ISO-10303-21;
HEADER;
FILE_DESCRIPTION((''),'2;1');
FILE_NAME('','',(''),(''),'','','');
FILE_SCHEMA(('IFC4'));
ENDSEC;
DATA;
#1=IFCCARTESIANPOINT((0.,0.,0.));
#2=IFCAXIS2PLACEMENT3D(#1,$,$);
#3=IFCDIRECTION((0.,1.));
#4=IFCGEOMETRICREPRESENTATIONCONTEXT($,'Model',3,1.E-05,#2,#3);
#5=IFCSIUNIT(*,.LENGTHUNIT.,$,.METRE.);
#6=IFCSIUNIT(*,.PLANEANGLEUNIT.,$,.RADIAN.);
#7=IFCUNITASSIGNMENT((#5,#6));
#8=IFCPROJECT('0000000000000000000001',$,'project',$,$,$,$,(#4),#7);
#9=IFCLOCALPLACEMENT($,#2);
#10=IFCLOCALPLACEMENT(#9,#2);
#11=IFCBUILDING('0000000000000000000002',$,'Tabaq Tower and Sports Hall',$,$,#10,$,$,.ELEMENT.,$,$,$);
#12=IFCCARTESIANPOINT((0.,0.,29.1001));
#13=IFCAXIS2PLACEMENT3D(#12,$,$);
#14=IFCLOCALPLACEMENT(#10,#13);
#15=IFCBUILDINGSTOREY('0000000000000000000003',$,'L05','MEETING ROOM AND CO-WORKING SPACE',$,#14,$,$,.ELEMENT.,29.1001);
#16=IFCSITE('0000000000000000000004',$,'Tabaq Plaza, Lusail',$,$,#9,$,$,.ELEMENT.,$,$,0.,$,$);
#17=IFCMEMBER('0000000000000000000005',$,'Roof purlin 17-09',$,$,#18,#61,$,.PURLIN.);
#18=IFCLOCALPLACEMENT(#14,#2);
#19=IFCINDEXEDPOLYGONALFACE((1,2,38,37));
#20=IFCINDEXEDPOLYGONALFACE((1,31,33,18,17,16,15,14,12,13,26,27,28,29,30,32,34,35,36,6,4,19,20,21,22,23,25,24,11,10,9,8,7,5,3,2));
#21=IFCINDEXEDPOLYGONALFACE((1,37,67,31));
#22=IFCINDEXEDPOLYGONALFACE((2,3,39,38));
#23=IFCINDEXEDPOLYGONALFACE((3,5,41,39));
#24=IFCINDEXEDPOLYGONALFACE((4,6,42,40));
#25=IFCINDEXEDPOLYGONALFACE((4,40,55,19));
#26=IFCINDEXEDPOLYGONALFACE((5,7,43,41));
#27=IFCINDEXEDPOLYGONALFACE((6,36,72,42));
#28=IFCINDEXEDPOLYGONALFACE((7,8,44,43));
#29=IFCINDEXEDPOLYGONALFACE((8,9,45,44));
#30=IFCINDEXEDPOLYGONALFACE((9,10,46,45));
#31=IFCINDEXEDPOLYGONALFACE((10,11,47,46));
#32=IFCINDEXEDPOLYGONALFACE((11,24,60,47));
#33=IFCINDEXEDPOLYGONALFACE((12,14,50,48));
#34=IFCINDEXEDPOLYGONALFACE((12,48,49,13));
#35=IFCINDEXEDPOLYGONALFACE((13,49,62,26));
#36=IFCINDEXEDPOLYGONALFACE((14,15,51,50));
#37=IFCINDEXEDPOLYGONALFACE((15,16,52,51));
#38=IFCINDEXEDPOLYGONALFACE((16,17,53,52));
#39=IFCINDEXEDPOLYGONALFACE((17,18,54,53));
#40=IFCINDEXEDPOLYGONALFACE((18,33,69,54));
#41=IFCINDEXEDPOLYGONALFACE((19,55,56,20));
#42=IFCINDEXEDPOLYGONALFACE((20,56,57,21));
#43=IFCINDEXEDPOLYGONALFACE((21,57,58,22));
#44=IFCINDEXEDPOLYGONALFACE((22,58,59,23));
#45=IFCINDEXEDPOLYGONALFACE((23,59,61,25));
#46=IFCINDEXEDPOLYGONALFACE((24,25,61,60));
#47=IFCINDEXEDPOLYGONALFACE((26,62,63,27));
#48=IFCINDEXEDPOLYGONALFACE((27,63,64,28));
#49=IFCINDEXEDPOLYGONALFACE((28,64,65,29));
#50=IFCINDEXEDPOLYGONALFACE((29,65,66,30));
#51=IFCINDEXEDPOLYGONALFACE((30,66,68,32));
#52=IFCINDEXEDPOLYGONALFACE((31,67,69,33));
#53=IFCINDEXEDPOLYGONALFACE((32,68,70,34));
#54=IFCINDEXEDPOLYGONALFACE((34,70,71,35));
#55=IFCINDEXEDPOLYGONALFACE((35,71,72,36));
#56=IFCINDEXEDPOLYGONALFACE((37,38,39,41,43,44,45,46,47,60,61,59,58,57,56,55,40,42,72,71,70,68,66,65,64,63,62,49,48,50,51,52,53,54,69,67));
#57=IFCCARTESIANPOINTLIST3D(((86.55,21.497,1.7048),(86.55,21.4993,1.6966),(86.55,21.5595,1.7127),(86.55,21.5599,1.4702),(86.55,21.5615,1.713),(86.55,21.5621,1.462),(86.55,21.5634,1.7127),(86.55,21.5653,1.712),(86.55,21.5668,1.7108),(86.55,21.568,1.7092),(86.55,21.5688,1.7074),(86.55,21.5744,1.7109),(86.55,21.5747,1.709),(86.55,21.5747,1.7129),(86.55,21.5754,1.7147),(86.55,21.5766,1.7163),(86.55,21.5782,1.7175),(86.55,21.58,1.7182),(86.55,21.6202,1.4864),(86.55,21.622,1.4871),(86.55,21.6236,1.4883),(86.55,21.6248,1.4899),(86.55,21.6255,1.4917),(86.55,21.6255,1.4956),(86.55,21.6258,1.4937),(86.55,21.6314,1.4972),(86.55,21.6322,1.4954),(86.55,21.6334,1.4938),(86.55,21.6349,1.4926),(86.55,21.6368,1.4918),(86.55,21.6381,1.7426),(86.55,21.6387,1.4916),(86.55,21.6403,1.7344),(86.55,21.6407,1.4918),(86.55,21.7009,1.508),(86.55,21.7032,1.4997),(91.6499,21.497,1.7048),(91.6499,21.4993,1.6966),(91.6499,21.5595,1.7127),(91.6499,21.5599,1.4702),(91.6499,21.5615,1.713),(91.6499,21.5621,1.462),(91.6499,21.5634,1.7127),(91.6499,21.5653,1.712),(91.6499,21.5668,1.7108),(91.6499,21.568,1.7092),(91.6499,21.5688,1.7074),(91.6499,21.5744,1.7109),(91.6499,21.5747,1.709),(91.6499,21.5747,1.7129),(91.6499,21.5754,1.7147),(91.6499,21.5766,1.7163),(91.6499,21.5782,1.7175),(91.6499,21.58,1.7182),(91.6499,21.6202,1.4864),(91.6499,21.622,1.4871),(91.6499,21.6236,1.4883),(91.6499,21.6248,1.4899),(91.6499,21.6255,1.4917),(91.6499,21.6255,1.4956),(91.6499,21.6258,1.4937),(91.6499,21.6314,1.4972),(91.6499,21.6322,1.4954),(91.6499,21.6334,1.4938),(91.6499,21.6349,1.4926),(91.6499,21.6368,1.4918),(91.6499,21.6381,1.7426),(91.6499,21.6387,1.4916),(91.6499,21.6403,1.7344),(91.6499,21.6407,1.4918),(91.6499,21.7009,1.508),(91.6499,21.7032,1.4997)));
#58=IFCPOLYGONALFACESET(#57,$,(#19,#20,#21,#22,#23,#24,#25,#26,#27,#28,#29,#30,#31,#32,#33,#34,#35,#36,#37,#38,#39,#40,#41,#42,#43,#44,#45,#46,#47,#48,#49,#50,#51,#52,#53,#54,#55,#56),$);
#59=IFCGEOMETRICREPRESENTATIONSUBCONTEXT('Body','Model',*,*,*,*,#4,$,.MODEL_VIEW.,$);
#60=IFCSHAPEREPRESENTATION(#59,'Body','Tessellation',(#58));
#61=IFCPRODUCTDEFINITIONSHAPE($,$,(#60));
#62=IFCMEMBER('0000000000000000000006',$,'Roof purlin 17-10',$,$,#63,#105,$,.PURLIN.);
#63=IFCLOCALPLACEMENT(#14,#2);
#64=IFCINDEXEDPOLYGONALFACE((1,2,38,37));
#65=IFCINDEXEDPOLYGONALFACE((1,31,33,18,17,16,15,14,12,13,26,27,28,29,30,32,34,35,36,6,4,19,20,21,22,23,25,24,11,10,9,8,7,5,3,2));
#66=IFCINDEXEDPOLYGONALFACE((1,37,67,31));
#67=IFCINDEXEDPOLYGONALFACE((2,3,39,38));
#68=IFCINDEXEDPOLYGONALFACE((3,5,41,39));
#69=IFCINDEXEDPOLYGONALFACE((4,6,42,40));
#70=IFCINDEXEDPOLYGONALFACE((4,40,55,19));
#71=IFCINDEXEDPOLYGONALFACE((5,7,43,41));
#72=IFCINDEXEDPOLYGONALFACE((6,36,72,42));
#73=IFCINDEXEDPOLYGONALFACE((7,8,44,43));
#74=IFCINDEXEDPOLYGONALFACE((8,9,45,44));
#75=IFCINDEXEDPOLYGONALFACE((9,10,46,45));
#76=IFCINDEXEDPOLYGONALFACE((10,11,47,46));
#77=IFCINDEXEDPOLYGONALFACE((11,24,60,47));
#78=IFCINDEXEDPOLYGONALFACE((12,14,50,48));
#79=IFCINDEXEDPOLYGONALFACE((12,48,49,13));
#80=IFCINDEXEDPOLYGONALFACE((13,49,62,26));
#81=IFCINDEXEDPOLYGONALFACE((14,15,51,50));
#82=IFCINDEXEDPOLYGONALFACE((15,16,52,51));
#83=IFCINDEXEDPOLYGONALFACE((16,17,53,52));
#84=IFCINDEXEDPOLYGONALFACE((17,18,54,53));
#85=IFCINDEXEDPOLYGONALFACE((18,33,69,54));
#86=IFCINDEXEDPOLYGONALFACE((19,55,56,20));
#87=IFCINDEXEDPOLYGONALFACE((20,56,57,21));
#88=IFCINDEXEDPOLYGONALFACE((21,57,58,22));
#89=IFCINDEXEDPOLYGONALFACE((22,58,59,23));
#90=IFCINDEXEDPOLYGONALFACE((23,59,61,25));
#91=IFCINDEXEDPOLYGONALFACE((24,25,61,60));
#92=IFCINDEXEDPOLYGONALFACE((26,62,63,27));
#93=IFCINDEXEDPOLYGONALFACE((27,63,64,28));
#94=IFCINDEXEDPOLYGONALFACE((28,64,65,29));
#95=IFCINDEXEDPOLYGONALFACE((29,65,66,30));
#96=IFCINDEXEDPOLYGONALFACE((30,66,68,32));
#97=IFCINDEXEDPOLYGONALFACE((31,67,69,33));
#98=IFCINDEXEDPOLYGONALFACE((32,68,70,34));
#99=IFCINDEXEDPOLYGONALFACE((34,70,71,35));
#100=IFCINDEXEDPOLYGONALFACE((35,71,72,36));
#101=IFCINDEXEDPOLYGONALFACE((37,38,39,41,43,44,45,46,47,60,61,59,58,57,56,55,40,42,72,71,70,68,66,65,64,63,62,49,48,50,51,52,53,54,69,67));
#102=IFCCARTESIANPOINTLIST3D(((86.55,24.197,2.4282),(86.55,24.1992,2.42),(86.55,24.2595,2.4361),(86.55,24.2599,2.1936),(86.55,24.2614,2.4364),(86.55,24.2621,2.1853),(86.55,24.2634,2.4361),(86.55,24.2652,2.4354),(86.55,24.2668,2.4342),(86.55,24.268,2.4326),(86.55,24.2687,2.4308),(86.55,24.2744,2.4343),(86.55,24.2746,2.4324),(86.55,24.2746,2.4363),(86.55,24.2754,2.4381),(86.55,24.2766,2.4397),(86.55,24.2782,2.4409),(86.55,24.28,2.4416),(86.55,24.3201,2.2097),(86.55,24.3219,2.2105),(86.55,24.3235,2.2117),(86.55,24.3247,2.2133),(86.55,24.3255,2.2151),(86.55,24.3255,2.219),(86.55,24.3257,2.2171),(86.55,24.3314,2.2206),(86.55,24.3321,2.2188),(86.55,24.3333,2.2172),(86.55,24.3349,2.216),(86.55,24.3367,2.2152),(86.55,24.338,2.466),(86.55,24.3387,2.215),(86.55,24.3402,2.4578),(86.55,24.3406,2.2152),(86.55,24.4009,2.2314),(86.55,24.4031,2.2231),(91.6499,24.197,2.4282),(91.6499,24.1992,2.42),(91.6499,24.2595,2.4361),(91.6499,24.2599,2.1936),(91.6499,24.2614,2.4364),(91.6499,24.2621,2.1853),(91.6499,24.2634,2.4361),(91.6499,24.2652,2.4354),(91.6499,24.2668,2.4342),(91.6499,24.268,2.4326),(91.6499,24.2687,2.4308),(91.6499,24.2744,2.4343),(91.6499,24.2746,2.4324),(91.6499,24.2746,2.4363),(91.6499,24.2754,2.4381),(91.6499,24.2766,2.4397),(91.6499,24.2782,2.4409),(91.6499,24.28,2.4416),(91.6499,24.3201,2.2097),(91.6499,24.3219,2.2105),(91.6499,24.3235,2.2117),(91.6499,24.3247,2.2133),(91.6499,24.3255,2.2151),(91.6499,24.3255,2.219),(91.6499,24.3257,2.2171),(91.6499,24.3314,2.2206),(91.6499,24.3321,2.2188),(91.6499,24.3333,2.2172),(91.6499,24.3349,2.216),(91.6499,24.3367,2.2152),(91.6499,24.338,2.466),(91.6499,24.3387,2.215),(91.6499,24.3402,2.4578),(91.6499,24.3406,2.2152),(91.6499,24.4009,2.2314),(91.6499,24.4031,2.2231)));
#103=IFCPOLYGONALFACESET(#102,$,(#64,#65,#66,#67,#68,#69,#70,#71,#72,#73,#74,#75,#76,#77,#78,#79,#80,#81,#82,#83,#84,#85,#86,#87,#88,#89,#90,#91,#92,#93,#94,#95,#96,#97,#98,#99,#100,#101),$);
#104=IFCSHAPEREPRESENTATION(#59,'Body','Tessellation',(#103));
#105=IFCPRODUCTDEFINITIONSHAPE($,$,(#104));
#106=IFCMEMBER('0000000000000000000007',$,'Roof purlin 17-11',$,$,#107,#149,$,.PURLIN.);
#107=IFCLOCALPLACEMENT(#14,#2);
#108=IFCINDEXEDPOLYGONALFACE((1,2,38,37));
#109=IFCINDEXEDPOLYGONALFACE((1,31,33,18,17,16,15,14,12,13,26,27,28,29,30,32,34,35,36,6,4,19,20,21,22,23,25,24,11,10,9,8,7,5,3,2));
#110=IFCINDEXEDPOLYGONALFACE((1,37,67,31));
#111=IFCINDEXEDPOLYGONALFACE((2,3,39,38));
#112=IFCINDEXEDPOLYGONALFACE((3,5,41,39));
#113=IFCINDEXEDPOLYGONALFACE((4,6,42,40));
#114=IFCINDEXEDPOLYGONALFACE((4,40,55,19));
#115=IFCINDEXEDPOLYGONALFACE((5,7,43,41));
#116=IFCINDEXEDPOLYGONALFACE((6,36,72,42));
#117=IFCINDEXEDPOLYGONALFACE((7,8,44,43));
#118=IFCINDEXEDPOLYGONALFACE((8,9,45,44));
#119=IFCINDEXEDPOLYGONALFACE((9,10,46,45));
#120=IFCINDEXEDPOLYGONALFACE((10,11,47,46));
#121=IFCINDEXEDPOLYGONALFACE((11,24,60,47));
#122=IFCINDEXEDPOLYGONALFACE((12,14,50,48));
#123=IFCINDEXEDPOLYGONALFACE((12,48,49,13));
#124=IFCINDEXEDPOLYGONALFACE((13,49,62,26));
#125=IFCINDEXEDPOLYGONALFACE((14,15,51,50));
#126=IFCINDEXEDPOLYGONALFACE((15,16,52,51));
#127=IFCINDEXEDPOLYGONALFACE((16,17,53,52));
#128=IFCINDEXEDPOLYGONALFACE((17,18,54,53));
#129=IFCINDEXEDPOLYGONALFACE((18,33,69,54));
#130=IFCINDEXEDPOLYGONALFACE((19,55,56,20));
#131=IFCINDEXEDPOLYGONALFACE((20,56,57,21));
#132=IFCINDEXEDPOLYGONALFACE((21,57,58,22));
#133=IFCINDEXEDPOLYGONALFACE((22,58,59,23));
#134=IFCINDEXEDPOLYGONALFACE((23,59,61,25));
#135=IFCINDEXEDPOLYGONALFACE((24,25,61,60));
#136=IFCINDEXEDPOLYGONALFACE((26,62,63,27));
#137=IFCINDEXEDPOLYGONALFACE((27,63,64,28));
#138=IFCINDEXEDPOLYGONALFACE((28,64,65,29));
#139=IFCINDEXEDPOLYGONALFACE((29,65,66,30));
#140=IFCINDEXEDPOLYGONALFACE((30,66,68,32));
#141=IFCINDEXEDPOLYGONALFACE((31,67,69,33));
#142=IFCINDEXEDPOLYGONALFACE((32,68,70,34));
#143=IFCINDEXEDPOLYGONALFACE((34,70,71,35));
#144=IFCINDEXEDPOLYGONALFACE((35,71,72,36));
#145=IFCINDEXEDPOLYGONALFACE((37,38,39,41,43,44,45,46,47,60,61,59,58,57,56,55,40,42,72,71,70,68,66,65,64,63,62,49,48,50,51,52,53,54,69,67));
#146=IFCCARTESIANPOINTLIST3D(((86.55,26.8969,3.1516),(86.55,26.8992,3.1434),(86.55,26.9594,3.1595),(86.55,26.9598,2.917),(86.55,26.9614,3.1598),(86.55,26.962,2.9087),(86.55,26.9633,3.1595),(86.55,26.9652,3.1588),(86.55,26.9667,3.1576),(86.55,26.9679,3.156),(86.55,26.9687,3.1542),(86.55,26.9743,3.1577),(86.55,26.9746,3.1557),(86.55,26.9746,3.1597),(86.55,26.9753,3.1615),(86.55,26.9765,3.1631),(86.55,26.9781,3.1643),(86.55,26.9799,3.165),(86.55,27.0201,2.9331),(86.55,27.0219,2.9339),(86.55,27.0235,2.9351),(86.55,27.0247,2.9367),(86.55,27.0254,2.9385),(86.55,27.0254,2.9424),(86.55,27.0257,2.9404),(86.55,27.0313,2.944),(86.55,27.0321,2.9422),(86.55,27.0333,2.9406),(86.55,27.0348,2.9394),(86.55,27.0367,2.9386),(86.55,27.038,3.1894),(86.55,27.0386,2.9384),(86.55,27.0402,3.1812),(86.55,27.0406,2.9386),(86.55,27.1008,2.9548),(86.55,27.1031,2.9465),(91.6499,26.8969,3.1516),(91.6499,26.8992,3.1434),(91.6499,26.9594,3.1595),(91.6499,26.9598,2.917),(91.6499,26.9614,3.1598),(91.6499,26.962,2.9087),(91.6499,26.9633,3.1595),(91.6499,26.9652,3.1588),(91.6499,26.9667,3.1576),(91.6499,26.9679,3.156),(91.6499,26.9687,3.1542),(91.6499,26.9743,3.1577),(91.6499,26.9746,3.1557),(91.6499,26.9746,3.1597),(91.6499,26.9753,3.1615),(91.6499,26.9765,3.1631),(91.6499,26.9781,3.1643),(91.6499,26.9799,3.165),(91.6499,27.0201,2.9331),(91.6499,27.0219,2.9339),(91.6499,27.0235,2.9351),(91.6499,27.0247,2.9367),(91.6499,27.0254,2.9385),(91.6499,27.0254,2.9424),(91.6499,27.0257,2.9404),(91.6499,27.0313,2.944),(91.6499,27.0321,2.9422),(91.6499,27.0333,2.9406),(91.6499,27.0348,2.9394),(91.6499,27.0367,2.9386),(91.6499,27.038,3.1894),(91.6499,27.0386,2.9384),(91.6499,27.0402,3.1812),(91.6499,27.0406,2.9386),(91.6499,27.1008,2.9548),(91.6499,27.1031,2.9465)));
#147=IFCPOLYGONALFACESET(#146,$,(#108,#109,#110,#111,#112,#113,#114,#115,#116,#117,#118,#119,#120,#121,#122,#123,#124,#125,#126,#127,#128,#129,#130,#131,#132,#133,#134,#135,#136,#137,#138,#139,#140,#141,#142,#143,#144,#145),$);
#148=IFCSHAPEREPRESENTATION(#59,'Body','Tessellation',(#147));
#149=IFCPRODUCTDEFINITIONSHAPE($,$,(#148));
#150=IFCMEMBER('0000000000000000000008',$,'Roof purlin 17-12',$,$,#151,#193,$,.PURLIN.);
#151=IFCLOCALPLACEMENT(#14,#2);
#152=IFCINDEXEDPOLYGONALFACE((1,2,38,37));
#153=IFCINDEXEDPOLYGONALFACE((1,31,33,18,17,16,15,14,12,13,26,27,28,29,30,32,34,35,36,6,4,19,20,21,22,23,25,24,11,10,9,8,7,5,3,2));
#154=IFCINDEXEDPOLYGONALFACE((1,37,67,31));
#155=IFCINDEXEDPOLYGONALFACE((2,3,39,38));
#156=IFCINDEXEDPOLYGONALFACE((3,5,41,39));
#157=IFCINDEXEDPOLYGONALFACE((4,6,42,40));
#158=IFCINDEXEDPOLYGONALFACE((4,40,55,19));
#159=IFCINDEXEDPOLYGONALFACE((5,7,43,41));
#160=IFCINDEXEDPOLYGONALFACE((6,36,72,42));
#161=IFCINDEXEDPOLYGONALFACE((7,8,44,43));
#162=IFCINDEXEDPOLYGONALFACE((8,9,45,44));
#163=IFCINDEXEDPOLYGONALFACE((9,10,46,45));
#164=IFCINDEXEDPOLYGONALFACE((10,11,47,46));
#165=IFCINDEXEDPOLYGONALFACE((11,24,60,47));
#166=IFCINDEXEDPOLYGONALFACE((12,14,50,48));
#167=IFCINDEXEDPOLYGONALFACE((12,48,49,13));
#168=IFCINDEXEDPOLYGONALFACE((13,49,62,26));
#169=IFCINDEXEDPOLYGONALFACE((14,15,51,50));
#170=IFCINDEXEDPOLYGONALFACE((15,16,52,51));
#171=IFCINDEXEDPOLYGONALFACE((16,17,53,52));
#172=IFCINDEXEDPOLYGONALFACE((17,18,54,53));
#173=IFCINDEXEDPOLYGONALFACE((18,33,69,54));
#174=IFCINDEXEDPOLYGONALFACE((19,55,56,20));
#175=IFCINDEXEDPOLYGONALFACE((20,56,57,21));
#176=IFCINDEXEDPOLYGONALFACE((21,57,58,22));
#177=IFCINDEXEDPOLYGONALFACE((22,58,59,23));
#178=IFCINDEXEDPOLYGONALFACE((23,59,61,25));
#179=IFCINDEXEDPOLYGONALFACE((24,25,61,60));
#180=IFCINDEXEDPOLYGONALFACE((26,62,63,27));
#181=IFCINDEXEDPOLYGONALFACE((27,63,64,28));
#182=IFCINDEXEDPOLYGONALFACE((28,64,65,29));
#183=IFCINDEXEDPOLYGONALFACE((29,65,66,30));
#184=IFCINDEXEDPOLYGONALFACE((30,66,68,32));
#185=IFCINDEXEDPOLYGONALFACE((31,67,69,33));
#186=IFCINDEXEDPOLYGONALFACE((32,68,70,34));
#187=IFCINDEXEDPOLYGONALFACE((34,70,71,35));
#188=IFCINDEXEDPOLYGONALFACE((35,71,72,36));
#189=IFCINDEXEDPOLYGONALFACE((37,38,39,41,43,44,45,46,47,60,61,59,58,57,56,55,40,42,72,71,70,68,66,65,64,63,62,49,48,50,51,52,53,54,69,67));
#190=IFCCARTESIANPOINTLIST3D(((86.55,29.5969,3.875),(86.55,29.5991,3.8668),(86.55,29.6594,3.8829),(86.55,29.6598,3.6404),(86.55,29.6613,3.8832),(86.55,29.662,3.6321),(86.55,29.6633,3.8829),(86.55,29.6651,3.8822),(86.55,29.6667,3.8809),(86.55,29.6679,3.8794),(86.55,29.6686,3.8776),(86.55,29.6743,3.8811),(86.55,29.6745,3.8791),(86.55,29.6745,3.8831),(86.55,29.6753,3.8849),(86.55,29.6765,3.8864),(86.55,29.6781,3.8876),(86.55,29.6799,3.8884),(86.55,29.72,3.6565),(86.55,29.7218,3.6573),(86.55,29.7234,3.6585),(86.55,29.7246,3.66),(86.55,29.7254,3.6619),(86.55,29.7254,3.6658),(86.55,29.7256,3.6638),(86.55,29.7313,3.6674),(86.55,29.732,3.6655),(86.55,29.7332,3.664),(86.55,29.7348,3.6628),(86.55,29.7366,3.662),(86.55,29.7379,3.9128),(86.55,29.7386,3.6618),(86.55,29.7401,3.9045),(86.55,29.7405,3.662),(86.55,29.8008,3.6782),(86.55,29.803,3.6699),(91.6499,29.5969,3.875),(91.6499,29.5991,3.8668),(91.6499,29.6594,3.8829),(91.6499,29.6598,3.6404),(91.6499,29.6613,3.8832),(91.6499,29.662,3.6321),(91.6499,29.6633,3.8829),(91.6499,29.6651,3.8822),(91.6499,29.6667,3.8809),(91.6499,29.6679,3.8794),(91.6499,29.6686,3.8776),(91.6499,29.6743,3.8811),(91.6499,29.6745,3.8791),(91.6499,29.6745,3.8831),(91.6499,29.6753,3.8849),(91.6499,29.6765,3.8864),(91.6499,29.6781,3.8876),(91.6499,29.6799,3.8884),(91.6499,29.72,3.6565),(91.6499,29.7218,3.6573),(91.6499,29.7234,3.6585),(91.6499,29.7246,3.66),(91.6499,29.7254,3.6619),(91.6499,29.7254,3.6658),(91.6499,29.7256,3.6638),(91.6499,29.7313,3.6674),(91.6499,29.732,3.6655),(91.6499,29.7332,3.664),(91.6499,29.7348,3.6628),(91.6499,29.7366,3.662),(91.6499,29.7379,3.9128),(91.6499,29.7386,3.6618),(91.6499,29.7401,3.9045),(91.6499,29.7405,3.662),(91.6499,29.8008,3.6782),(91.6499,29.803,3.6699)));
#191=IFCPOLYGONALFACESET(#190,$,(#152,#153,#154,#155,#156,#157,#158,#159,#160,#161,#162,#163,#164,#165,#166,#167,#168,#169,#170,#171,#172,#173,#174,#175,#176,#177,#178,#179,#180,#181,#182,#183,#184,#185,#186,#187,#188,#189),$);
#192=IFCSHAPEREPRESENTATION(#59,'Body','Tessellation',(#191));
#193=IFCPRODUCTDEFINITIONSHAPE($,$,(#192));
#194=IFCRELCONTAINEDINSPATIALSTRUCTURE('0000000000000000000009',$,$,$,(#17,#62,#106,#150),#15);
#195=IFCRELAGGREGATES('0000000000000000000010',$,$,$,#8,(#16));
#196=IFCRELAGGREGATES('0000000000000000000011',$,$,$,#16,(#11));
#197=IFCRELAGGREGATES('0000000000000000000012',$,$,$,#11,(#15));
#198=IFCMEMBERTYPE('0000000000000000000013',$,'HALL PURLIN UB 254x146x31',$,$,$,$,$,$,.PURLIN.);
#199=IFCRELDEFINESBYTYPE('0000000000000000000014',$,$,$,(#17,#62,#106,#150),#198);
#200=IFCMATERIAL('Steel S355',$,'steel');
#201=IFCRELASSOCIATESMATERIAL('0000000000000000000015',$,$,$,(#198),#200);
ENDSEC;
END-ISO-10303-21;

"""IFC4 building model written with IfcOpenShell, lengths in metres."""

from ifc_helpers import new_model, si_unit, direction, frame, origin, origin_2d, place, context, subcontext, project, spatial, i_section, extrude, material, material_profile, profile_set, type_object, element, save


model = new_model("IFC4")

# Units and contexts
model_context = context("Model", 3, precision=1e-05, world=origin(), true_north=direction((0.0, 1.0)))
body_context = subcontext(model_context, "Body", "Model", "MODEL_VIEW")
ifc_project = project(units=[si_unit("LENGTHUNIT", "METRE"), si_unit("PLANEANGLEUNIT", "RADIAN")], contexts=[model_context])

# Site, building, storey
site_placement = place(None, origin())
site = spatial("IfcSite", under=ifc_project, at=site_placement, Name="Tabaq Plaza, Lusail", CompositionType="ELEMENT", RefElevation=0.0)
building_placement = place(site_placement, origin())
building = spatial("IfcBuilding", under=site, at=building_placement, Name="Tabaq Tower and Sports Hall", CompositionType="ELEMENT")
storey_placement = place(building_placement, frame((0.0, 0.0, 29.1001)))
storey = spatial("IfcBuildingStorey", under=building, at=storey_placement, Name="L05", Description="MEETING ROOM AND CO-WORKING SPACE", CompositionType="ELEMENT", Elevation=29.1001)

# Members
ifc_material_1 = material(Name="Steel S355", Category="steel")
ifc_material_profile_1 = material_profile(ifc_material_1, i_section(OverallWidth=0.146, OverallDepth=0.2515, WebThickness=0.0061, FlangeThickness=0.0085, FilletRadius=0.0076, at=origin_2d()), Name="UB 254x146x31")
ifc_profile_set_1 = profile_set([ifc_material_profile_1], Name="Steel S355")
member_type_1 = type_object("IfcMemberType", Name="HALL PURLIN UB 254x146x31", PredefinedType="PURLIN", material=ifc_profile_set_1)
for number, where, z_axis, x_axis, name in (
    (1, (86.55, 21.6001, 1.6023), (1.0, 0.0, 0.0), (0.0, 0.965926, 0.258819), "Roof purlin 17-09"),
    (2, (86.55, 24.3, 2.3257), (1.0, 0.0, 0.0), (0.0, 0.965926, 0.258819), "Roof purlin 17-10"),
    (3, (86.55, 27.0, 3.0491), (1.0, 0.0, 0.0), (0.0, 0.965926, 0.258819), "Roof purlin 17-11"),
    (4, (86.55, 29.7, 3.7725), (1.0, 0.0, 0.0), (0.0, 0.965926, 0.258819), "Roof purlin 17-12"),
):
    element("IfcMember", number, at=place(storey_placement, frame(where, z_axis=z_axis, x_axis=x_axis)), inside=storey, type_object=member_type_1, Name=name, PredefinedType="PURLIN", context=body_context, shape_type="SweptSolid", body=[
        extrude(i_section(OverallWidth=0.146, OverallDepth=0.2515, WebThickness=0.0061, FlangeThickness=0.0085, FilletRadius=0.0076, at=origin_2d()), origin(), (0.0, 0.0, 1.0), 5.0999),
    ])

save(model, "model.ifc")
